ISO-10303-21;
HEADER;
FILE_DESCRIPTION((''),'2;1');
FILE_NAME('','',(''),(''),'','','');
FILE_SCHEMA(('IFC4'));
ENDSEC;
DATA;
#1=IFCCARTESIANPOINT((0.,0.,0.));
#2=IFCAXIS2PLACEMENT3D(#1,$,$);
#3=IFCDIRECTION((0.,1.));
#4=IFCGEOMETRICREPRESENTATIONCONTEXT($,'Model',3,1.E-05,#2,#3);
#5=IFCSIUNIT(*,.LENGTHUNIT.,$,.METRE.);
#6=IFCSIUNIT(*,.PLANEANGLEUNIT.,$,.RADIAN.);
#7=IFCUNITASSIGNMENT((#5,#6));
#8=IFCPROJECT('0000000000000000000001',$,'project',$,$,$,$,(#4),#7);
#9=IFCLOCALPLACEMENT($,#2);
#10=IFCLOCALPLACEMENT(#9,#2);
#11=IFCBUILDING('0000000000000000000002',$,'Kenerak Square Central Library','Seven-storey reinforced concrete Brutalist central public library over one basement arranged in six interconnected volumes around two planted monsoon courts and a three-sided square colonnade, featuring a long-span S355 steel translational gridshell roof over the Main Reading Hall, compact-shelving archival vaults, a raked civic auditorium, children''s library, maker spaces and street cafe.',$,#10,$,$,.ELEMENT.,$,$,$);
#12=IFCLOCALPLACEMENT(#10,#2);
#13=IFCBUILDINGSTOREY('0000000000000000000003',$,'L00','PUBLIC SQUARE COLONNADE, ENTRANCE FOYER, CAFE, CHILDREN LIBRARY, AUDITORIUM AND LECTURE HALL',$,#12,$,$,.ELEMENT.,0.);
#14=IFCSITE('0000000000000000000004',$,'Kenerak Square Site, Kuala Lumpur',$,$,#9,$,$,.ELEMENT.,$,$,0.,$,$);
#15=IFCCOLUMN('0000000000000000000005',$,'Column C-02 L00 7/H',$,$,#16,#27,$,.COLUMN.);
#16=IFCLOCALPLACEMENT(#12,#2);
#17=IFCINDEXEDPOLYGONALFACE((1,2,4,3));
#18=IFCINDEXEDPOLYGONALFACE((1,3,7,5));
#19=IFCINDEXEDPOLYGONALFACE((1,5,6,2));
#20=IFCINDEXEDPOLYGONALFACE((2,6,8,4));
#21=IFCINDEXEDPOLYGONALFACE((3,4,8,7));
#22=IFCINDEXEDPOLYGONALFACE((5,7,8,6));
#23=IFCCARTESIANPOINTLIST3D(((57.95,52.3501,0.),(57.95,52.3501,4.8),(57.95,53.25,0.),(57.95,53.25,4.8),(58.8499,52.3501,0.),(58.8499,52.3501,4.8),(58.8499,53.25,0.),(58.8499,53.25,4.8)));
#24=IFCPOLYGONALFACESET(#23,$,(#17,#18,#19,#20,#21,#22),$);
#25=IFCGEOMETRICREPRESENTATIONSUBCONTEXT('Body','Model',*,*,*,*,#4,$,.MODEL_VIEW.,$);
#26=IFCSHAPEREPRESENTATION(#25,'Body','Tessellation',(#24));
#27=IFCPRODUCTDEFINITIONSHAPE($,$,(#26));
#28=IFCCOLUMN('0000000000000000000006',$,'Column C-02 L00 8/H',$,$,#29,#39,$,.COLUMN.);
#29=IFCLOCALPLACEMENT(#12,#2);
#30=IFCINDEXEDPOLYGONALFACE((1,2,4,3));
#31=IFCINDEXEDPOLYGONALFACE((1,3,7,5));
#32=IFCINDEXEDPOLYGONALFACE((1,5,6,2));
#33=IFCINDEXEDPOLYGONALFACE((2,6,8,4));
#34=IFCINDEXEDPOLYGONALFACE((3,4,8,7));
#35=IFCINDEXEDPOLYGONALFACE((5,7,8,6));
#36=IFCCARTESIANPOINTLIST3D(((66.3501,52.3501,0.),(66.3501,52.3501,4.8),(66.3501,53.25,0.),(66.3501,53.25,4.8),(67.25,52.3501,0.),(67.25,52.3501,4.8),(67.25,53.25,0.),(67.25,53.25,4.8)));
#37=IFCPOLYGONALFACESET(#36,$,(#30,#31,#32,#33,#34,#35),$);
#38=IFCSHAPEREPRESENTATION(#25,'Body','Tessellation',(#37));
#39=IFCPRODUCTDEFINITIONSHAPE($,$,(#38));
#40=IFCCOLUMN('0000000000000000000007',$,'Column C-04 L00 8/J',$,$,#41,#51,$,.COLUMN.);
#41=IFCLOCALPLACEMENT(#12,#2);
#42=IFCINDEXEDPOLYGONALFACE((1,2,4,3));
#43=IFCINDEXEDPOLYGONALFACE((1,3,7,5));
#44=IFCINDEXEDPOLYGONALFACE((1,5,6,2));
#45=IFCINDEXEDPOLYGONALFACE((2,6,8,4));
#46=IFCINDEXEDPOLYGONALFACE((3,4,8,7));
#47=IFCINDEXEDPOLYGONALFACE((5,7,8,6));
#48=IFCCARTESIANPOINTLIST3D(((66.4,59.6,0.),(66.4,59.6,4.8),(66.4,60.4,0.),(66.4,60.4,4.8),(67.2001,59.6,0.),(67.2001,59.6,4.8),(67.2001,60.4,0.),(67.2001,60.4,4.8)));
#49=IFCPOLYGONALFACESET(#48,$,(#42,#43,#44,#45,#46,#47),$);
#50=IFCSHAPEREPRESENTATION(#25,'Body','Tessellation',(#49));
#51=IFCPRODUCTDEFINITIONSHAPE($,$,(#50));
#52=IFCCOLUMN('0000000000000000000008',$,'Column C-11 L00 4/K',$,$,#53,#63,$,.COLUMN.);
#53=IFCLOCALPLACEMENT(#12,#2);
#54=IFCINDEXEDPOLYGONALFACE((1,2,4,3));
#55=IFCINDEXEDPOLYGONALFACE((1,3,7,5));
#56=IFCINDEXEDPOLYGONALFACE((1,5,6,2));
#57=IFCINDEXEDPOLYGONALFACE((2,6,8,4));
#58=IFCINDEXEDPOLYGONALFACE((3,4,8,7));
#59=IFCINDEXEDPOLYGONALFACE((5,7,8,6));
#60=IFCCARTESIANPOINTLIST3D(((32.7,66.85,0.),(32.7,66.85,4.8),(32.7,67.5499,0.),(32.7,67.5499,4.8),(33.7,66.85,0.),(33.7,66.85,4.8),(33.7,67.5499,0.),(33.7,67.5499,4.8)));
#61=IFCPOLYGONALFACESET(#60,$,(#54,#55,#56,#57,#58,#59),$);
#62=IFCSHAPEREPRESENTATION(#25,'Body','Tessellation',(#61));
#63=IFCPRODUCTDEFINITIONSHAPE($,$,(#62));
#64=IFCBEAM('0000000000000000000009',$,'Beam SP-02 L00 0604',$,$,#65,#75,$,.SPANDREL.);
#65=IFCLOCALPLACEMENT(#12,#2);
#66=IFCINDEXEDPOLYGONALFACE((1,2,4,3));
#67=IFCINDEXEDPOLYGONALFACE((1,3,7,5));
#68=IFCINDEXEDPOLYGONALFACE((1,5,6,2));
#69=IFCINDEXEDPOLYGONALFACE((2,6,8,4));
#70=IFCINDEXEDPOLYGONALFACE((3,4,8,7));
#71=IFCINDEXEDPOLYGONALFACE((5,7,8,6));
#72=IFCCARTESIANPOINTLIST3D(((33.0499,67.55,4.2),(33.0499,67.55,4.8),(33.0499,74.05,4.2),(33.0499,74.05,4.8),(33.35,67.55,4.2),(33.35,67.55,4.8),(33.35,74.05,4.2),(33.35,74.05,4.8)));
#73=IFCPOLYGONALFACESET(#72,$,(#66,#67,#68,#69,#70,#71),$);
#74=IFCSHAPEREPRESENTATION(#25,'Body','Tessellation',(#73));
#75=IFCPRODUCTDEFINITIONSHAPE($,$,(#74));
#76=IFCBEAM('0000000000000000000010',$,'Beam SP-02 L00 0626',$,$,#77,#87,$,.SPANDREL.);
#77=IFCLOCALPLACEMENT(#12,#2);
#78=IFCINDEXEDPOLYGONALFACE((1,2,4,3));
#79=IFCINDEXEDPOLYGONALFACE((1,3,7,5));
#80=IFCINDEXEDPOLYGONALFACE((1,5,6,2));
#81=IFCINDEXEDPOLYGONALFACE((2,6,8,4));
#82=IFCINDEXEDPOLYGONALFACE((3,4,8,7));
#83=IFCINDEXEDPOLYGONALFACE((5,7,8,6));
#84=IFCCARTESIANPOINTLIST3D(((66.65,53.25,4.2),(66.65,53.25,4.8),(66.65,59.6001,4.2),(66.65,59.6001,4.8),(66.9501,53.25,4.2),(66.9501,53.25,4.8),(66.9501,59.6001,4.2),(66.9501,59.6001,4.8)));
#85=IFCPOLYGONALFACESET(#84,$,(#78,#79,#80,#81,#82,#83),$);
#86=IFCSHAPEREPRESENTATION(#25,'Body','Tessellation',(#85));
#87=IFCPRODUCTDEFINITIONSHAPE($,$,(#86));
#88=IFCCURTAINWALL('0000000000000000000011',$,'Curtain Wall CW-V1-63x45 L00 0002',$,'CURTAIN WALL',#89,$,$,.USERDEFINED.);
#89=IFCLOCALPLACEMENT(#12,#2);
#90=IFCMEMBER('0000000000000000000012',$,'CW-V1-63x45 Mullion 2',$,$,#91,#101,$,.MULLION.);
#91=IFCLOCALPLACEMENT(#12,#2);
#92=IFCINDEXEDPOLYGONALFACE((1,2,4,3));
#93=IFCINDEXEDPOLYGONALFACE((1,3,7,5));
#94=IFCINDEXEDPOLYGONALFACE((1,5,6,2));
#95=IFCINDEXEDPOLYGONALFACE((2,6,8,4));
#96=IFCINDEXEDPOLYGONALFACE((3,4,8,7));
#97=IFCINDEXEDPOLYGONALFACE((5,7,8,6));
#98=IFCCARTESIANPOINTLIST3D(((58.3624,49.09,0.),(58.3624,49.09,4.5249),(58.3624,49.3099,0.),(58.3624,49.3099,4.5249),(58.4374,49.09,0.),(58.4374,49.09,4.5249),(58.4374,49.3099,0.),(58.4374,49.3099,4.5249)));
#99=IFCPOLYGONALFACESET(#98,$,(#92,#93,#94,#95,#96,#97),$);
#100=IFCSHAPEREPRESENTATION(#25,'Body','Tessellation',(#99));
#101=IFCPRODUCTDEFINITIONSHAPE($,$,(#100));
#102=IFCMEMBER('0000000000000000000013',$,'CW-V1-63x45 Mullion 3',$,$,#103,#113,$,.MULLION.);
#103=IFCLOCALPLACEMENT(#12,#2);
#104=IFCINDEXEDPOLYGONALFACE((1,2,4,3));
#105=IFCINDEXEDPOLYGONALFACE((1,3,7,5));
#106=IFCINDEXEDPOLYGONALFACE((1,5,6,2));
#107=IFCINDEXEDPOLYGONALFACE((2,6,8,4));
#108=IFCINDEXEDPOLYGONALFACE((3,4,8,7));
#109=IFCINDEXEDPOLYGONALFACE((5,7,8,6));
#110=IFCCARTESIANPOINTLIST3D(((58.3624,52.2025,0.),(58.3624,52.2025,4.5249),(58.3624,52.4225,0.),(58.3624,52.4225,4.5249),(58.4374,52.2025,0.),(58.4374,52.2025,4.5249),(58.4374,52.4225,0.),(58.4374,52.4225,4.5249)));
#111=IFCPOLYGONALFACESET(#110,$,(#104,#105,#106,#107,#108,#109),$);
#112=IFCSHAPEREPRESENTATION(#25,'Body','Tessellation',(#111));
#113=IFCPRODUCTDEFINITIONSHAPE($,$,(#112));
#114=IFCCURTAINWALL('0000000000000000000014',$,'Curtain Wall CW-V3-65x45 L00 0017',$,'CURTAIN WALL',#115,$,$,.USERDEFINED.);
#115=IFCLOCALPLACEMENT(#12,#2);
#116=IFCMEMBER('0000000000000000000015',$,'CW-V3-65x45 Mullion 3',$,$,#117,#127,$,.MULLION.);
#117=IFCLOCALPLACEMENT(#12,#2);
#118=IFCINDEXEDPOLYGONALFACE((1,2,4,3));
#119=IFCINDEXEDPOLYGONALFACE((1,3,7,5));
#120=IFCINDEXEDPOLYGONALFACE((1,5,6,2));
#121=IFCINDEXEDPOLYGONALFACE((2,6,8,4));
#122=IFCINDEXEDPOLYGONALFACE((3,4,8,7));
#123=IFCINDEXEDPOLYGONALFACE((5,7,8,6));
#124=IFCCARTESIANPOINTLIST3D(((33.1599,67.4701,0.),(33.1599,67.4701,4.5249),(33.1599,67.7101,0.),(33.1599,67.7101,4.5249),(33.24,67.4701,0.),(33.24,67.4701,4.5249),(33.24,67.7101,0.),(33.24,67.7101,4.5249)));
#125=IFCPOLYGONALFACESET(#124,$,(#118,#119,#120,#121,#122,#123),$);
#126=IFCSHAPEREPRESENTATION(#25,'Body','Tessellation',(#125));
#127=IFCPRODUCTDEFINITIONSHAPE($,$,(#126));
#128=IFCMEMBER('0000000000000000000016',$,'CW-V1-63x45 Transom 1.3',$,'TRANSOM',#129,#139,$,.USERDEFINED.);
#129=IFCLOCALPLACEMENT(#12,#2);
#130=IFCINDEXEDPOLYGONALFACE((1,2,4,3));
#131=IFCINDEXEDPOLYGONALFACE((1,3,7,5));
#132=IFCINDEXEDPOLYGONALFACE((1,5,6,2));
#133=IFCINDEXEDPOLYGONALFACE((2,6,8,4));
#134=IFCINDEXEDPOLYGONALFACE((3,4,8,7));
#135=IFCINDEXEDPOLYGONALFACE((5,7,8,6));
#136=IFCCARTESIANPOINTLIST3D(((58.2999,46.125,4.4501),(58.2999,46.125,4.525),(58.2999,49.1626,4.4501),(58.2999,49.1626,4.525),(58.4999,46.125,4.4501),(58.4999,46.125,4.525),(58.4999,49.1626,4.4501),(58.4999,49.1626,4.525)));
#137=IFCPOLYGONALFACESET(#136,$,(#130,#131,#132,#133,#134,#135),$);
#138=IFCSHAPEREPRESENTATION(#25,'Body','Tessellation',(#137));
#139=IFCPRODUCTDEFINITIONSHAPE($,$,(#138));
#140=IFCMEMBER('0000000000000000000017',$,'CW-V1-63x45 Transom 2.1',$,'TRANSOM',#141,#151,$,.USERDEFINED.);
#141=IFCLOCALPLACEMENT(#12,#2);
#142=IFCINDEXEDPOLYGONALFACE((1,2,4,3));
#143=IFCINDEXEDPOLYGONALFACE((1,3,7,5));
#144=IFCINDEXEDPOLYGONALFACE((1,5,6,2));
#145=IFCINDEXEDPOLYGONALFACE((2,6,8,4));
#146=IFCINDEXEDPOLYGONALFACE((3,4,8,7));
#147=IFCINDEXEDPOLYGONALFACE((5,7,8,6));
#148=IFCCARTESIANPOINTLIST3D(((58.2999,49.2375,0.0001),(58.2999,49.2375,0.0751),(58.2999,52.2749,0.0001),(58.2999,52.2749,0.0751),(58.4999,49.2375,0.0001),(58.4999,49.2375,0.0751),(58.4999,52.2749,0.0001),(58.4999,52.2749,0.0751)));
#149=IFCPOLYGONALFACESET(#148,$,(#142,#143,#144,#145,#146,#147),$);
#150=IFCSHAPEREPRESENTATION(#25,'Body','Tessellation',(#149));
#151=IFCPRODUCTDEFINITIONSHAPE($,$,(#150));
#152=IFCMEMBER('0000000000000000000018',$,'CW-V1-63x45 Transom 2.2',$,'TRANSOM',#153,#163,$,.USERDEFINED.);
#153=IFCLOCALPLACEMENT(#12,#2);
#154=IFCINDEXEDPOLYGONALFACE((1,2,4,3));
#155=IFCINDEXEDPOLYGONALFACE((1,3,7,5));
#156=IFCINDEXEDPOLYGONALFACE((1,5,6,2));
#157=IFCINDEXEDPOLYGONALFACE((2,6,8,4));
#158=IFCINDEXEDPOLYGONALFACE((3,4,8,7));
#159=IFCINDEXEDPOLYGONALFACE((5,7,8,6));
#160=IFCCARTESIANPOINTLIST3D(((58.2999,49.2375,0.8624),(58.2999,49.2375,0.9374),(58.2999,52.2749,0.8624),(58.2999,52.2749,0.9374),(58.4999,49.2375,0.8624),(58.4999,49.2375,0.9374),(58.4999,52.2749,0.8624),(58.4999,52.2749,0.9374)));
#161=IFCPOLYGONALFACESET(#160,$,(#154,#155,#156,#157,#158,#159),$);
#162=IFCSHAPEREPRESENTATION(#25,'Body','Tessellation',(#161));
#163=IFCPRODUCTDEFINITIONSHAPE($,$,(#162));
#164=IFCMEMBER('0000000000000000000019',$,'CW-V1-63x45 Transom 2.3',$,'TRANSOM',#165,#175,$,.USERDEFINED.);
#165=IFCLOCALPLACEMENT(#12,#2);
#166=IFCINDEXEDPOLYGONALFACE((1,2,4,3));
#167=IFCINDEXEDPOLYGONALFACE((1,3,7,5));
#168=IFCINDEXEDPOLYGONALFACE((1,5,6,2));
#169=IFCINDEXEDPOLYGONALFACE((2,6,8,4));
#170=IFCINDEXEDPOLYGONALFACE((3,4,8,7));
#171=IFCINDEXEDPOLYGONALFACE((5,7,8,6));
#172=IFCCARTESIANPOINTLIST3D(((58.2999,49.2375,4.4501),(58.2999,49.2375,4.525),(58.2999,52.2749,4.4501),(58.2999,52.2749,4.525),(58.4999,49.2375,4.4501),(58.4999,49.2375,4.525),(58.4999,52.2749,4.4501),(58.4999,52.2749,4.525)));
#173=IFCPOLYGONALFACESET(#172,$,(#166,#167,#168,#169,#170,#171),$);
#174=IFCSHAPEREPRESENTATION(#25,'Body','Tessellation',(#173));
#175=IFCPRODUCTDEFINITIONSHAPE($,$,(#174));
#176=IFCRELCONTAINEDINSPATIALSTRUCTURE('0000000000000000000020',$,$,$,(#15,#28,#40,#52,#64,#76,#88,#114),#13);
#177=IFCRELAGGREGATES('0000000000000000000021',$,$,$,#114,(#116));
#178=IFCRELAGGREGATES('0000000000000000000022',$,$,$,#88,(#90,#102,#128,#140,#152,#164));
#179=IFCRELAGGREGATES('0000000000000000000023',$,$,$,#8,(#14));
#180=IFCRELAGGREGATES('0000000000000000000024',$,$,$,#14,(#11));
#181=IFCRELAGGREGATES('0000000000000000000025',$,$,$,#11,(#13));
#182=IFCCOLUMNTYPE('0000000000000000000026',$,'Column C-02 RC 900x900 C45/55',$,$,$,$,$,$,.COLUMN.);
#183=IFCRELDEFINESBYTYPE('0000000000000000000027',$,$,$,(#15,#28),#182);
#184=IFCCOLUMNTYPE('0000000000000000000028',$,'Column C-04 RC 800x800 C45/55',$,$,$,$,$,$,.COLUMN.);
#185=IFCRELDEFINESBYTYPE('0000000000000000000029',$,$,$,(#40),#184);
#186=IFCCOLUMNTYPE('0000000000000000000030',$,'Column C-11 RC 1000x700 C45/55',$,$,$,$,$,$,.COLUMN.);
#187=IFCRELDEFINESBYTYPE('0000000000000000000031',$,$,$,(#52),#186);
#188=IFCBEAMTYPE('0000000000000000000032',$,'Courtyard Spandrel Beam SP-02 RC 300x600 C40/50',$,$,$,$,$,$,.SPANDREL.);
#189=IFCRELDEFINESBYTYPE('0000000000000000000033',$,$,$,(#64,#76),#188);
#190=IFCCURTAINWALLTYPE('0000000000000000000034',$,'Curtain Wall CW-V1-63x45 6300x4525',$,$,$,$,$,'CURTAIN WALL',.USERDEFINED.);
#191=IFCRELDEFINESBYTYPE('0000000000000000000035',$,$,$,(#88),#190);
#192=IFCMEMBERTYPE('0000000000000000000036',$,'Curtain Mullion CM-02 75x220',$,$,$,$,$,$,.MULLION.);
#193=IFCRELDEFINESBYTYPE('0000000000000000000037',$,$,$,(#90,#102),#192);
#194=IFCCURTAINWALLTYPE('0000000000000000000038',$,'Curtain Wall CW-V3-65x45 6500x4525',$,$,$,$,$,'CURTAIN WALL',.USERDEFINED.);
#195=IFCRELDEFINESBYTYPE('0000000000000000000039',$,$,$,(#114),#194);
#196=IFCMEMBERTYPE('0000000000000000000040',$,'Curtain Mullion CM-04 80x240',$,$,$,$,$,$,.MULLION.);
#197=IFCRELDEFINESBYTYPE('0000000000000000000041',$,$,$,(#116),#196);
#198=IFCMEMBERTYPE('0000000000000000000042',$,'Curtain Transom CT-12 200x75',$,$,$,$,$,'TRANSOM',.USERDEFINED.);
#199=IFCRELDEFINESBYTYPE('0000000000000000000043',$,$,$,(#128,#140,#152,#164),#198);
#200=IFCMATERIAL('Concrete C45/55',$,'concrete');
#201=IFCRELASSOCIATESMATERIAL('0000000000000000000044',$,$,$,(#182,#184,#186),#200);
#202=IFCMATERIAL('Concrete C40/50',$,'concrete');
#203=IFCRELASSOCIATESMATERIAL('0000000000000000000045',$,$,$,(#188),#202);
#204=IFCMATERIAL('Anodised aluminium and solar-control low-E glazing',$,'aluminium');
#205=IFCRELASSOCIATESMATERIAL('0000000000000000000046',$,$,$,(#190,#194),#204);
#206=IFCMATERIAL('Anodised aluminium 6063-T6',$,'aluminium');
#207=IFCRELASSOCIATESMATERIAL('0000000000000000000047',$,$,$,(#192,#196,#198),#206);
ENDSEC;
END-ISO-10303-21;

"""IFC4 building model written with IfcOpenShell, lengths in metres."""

from ifc_helpers import new_model, si_unit, direction, frame, origin, origin_2d, place, context, subcontext, project, spatial, rectangle, extrude, material, material_profile, profile_set, type_object, element, aggregate, save


model = new_model("IFC4")

# Units and contexts
model_context = context("Model", 3, precision=1e-05, world=origin(), true_north=direction((0.0, 1.0)))
body_context = subcontext(model_context, "Body", "Model", "MODEL_VIEW")
ifc_project = project(units=[si_unit("LENGTHUNIT", "METRE"), si_unit("PLANEANGLEUNIT", "RADIAN")], contexts=[model_context])

# Site, building, storey
site_placement = place(None, origin())
site = spatial("IfcSite", under=ifc_project, at=site_placement, Name="Kenerak Square Site, Kuala Lumpur", CompositionType="ELEMENT", RefElevation=0.0)
building_placement = place(site_placement, origin())
building = spatial("IfcBuilding", under=site, at=building_placement, Name="Kenerak Square Central Library", Description="Seven-storey reinforced concrete Brutalist central public library over one basement arranged in six interconnected volumes around two planted monsoon courts and a three-sided square colonnade, featuring a long-span S355 steel translational gridshell roof over the Main Reading Hall, compact-shelving archival vaults, a raked civic auditorium, children's library, maker spaces and street cafe.", CompositionType="ELEMENT")
storey_placement = place(building_placement, origin())
storey = spatial("IfcBuildingStorey", under=building, at=storey_placement, Name="L00", Description="PUBLIC SQUARE COLONNADE, ENTRANCE FOYER, CAFE, CHILDREN LIBRARY, AUDITORIUM AND LECTURE HALL", CompositionType="ELEMENT", Elevation=0.0)

# Columns
ifc_material_1 = material(Name="Concrete C45/55", Category="concrete")
ifc_material_profile_1 = material_profile(ifc_material_1, rectangle(XDim=0.8999, YDim=0.8999, at=origin_2d()), Name="RC 900x900")
ifc_profile_set_1 = profile_set([ifc_material_profile_1], Name="Concrete C45/55")
column_type_1 = type_object("IfcColumnType", Name="Column C-02 RC 900x900 C45/55", PredefinedType="COLUMN", material=ifc_profile_set_1)
for number, where, z_axis, x_axis, name in (
    (1, (58.3999, 52.8, 0.0), (0.0, 0.0, 1.0), (1.0, 0.0, 0.0), "Column C-02 L00 7/H"),
    (2, (66.8, 52.8, 0.0), (0.0, 0.0, 1.0), (1.0, 0.0, 0.0), "Column C-02 L00 8/H"),
):
    element("IfcColumn", number, at=place(storey_placement, frame(where, z_axis=z_axis, x_axis=x_axis)), inside=storey, type_object=column_type_1, Name=name, PredefinedType="COLUMN", context=body_context, shape_type="SweptSolid", body=[
        extrude(rectangle(XDim=0.8999, YDim=0.8999, at=origin_2d()), origin(), (0.0, 0.0, 1.0), 4.8),
    ])
ifc_material_profile_2 = material_profile(ifc_material_1, rectangle(XDim=0.8, YDim=0.8, at=origin_2d()), Name="RC 800x800")
ifc_profile_set_2 = profile_set([ifc_material_profile_2], Name="Concrete C45/55")
column_type_2 = type_object("IfcColumnType", Name="Column C-04 RC 800x800 C45/55", PredefinedType="COLUMN", material=ifc_profile_set_2)
column_1_placement = place(storey_placement, frame((66.8, 60.0, 0.0), z_axis=(0.0, 0.0, 1.0), x_axis=(1.0, 0.0, 0.0)))
element("IfcColumn", 3, at=column_1_placement, inside=storey, type_object=column_type_2, Name="Column C-04 L00 8/J", PredefinedType="COLUMN", context=body_context, shape_type="SweptSolid", body=[
    extrude(rectangle(XDim=0.8, YDim=0.8, at=origin_2d()), origin(), (0.0, 0.0, 1.0), 4.8),
])
ifc_material_profile_3 = material_profile(ifc_material_1, rectangle(XDim=1.0, YDim=0.7, at=origin_2d()), Name="RC 1000x700")
ifc_profile_set_3 = profile_set([ifc_material_profile_3], Name="Concrete C45/55")
column_type_3 = type_object("IfcColumnType", Name="Column C-11 RC 1000x700 C45/55", PredefinedType="COLUMN", material=ifc_profile_set_3)
column_2_placement = place(storey_placement, frame((33.2, 67.2, 0.0), z_axis=(0.0, 0.0, 1.0), x_axis=(1.0, 0.0, 0.0)))
element("IfcColumn", 4, at=column_2_placement, inside=storey, type_object=column_type_3, Name="Column C-11 L00 4/K", PredefinedType="COLUMN", context=body_context, shape_type="SweptSolid", body=[
    extrude(rectangle(XDim=1.0, YDim=0.7, at=origin_2d()), origin(), (0.0, 0.0, 1.0), 4.8),
])

# Beams
ifc_material_2 = material(Name="Concrete C40/50", Category="concrete")
ifc_material_profile_4 = material_profile(ifc_material_2, rectangle(XDim=0.3, YDim=0.6001, at=origin_2d()), Name="RC 300x600")
ifc_profile_set_4 = profile_set([ifc_material_profile_4], Name="Concrete C40/50")
beam_type_1 = type_object("IfcBeamType", Name="Courtyard Spandrel Beam SP-02 RC 300x600 C40/50", PredefinedType="SPANDREL", material=ifc_profile_set_4)
beam_1_placement = place(storey_placement, frame((33.2, 67.55, 4.5), z_axis=(0.0, 1.0, 0.0), x_axis=(-1.0, 0.0, 0.0)))
element("IfcBeam", 5, at=beam_1_placement, inside=storey, type_object=beam_type_1, Name="Beam SP-02 L00 0604", PredefinedType="SPANDREL", context=body_context, shape_type="SweptSolid", body=[
    extrude(rectangle(XDim=0.3, YDim=0.6001, at=origin_2d()), origin(), (0.0, 0.0, 1.0), 6.5),
])
beam_2_placement = place(storey_placement, frame((66.8, 53.25, 4.5), z_axis=(0.0, 1.0, 0.0), x_axis=(-1.0, 0.0, 0.0)))
element("IfcBeam", 6, at=beam_2_placement, inside=storey, type_object=beam_type_1, Name="Beam SP-02 L00 0626", PredefinedType="SPANDREL", context=body_context, shape_type="SweptSolid", body=[
    extrude(rectangle(XDim=0.3, YDim=0.6001, at=origin_2d()), origin(), (0.0, 0.0, 1.0), 6.3501),
])

# Curtain wall, members
ifc_material_3 = material(Name="Anodised aluminium and solar-control low-E glazing", Category="aluminium")
curtain_wall_type_1 = type_object("IfcCurtainWallType", Name="Curtain Wall CW-V1-63x45 6300x4525", ElementType="CURTAIN WALL", PredefinedType="USERDEFINED", material=ifc_material_3)
curtain_wall_1_placement = place(storey_placement, origin())
curtain_wall_1 = element("IfcCurtainWall", 7, at=curtain_wall_1_placement, inside=storey, type_object=curtain_wall_type_1, Name="Curtain Wall CW-V1-63x45 L00 0002", ObjectType="CURTAIN WALL", PredefinedType="USERDEFINED")
ifc_material_4 = material(Name="Anodised aluminium 6063-T6", Category="aluminium")
ifc_material_profile_5 = material_profile(ifc_material_4, rectangle(XDim=0.075, YDim=0.22, at=origin_2d()), Name="AL MULLION 75x220")
ifc_profile_set_5 = profile_set([ifc_material_profile_5], Name="Anodised aluminium 6063-T6")
member_type_1 = type_object("IfcMemberType", Name="Curtain Mullion CM-02 75x220", PredefinedType="MULLION", material=ifc_profile_set_5)
member_1_placement = place(storey_placement, frame((58.3999, 49.2, 0.0), z_axis=(0.0, 0.0, 1.0), x_axis=(-1.0, 0.0, 0.0)))
member_1 = element("IfcMember", 8, at=member_1_placement, type_object=member_type_1, Name="CW-V1-63x45 Mullion 2", PredefinedType="MULLION", context=body_context, shape_type="SweptSolid", body=[
    extrude(rectangle(XDim=0.075, YDim=0.22, at=origin_2d()), origin(), (0.0, 0.0, 1.0), 4.5249),
])
member_2_placement = place(storey_placement, frame((58.3999, 52.3125, 0.0), z_axis=(0.0, 0.0, 1.0), x_axis=(-1.0, 0.0, 0.0)))
member_2 = element("IfcMember", 9, at=member_2_placement, type_object=member_type_1, Name="CW-V1-63x45 Mullion 3", PredefinedType="MULLION", context=body_context, shape_type="SweptSolid", body=[
    extrude(rectangle(XDim=0.075, YDim=0.22, at=origin_2d()), origin(), (0.0, 0.0, 1.0), 4.5249),
])

# Curtain wall, member
curtain_wall_type_2 = type_object("IfcCurtainWallType", Name="Curtain Wall CW-V3-65x45 6500x4525", ElementType="CURTAIN WALL", PredefinedType="USERDEFINED", material=ifc_material_3)
curtain_wall_2_placement = place(storey_placement, origin())
curtain_wall_2 = element("IfcCurtainWall", 10, at=curtain_wall_2_placement, inside=storey, type_object=curtain_wall_type_2, Name="Curtain Wall CW-V3-65x45 L00 0017", ObjectType="CURTAIN WALL", PredefinedType="USERDEFINED")
ifc_material_profile_6 = material_profile(ifc_material_4, rectangle(XDim=0.0801, YDim=0.24, at=origin_2d()), Name="AL MULLION 80x240")
ifc_profile_set_6 = profile_set([ifc_material_profile_6], Name="Anodised aluminium 6063-T6")
member_type_2 = type_object("IfcMemberType", Name="Curtain Mullion CM-04 80x240", PredefinedType="MULLION", material=ifc_profile_set_6)
member_3_placement = place(storey_placement, frame((33.2, 67.5901, 0.0), z_axis=(0.0, 0.0, 1.0), x_axis=(1.0, 0.0, 0.0)))
member_3 = element("IfcMember", 11, at=member_3_placement, type_object=member_type_2, Name="CW-V3-65x45 Mullion 3", PredefinedType="MULLION", context=body_context, shape_type="SweptSolid", body=[
    extrude(rectangle(XDim=0.0801, YDim=0.24, at=origin_2d()), origin(), (0.0, 0.0, 1.0), 4.5249),
])

# Members
ifc_material_profile_7 = material_profile(ifc_material_4, rectangle(XDim=0.2, YDim=0.075, at=origin_2d()), Name="AL TRANSOM 200x75")
ifc_profile_set_7 = profile_set([ifc_material_profile_7], Name="Anodised aluminium 6063-T6")
member_type_3 = type_object("IfcMemberType", Name="Curtain Transom CT-12 200x75", ElementType="TRANSOM", PredefinedType="USERDEFINED", material=ifc_profile_set_7)
member_4_placement = place(storey_placement, frame((58.3999, 46.125, 4.4875), z_axis=(0.0, 1.0, 0.0), x_axis=(-1.0, 0.0, 0.0)))
member_4 = element("IfcMember", 12, at=member_4_placement, type_object=member_type_3, Name="CW-V1-63x45 Transom 1.3", ObjectType="TRANSOM", PredefinedType="USERDEFINED", context=body_context, shape_type="SweptSolid", body=[
    extrude(rectangle(XDim=0.2, YDim=0.075, at=origin_2d()), origin(), (0.0, 0.0, 1.0), 3.0376),
])
member_5_placement = place(storey_placement, frame((58.3999, 49.2375, 0.0376), z_axis=(0.0, 1.0, 0.0), x_axis=(-1.0, 0.0, 0.0)))
member_5 = element("IfcMember", 13, at=member_5_placement, type_object=member_type_3, Name="CW-V1-63x45 Transom 2.1", ObjectType="TRANSOM", PredefinedType="USERDEFINED", context=body_context, shape_type="SweptSolid", body=[
    extrude(rectangle(XDim=0.2, YDim=0.075, at=origin_2d()), origin(), (0.0, 0.0, 1.0), 3.0374),
])
member_6_placement = place(storey_placement, frame((58.3999, 49.2375, 0.8999), z_axis=(0.0, 1.0, 0.0), x_axis=(-1.0, 0.0, 0.0)))
member_6 = element("IfcMember", 14, at=member_6_placement, type_object=member_type_3, Name="CW-V1-63x45 Transom 2.2", ObjectType="TRANSOM", PredefinedType="USERDEFINED", context=body_context, shape_type="SweptSolid", body=[
    extrude(rectangle(XDim=0.2, YDim=0.075, at=origin_2d()), origin(), (0.0, 0.0, 1.0), 3.0374),
])
member_7_placement = place(storey_placement, frame((58.3999, 49.2375, 4.4875), z_axis=(0.0, 1.0, 0.0), x_axis=(-1.0, 0.0, 0.0)))
member_7 = element("IfcMember", 15, at=member_7_placement, type_object=member_type_3, Name="CW-V1-63x45 Transom 2.3", ObjectType="TRANSOM", PredefinedType="USERDEFINED", context=body_context, shape_type="SweptSolid", body=[
    extrude(rectangle(XDim=0.2, YDim=0.075, at=origin_2d()), origin(), (0.0, 0.0, 1.0), 3.0374),
])

aggregate(curtain_wall_2, [member_3])
aggregate(curtain_wall_1, [member_1, member_2, member_4, member_5, member_6, member_7])

save(model, "model.ifc")
